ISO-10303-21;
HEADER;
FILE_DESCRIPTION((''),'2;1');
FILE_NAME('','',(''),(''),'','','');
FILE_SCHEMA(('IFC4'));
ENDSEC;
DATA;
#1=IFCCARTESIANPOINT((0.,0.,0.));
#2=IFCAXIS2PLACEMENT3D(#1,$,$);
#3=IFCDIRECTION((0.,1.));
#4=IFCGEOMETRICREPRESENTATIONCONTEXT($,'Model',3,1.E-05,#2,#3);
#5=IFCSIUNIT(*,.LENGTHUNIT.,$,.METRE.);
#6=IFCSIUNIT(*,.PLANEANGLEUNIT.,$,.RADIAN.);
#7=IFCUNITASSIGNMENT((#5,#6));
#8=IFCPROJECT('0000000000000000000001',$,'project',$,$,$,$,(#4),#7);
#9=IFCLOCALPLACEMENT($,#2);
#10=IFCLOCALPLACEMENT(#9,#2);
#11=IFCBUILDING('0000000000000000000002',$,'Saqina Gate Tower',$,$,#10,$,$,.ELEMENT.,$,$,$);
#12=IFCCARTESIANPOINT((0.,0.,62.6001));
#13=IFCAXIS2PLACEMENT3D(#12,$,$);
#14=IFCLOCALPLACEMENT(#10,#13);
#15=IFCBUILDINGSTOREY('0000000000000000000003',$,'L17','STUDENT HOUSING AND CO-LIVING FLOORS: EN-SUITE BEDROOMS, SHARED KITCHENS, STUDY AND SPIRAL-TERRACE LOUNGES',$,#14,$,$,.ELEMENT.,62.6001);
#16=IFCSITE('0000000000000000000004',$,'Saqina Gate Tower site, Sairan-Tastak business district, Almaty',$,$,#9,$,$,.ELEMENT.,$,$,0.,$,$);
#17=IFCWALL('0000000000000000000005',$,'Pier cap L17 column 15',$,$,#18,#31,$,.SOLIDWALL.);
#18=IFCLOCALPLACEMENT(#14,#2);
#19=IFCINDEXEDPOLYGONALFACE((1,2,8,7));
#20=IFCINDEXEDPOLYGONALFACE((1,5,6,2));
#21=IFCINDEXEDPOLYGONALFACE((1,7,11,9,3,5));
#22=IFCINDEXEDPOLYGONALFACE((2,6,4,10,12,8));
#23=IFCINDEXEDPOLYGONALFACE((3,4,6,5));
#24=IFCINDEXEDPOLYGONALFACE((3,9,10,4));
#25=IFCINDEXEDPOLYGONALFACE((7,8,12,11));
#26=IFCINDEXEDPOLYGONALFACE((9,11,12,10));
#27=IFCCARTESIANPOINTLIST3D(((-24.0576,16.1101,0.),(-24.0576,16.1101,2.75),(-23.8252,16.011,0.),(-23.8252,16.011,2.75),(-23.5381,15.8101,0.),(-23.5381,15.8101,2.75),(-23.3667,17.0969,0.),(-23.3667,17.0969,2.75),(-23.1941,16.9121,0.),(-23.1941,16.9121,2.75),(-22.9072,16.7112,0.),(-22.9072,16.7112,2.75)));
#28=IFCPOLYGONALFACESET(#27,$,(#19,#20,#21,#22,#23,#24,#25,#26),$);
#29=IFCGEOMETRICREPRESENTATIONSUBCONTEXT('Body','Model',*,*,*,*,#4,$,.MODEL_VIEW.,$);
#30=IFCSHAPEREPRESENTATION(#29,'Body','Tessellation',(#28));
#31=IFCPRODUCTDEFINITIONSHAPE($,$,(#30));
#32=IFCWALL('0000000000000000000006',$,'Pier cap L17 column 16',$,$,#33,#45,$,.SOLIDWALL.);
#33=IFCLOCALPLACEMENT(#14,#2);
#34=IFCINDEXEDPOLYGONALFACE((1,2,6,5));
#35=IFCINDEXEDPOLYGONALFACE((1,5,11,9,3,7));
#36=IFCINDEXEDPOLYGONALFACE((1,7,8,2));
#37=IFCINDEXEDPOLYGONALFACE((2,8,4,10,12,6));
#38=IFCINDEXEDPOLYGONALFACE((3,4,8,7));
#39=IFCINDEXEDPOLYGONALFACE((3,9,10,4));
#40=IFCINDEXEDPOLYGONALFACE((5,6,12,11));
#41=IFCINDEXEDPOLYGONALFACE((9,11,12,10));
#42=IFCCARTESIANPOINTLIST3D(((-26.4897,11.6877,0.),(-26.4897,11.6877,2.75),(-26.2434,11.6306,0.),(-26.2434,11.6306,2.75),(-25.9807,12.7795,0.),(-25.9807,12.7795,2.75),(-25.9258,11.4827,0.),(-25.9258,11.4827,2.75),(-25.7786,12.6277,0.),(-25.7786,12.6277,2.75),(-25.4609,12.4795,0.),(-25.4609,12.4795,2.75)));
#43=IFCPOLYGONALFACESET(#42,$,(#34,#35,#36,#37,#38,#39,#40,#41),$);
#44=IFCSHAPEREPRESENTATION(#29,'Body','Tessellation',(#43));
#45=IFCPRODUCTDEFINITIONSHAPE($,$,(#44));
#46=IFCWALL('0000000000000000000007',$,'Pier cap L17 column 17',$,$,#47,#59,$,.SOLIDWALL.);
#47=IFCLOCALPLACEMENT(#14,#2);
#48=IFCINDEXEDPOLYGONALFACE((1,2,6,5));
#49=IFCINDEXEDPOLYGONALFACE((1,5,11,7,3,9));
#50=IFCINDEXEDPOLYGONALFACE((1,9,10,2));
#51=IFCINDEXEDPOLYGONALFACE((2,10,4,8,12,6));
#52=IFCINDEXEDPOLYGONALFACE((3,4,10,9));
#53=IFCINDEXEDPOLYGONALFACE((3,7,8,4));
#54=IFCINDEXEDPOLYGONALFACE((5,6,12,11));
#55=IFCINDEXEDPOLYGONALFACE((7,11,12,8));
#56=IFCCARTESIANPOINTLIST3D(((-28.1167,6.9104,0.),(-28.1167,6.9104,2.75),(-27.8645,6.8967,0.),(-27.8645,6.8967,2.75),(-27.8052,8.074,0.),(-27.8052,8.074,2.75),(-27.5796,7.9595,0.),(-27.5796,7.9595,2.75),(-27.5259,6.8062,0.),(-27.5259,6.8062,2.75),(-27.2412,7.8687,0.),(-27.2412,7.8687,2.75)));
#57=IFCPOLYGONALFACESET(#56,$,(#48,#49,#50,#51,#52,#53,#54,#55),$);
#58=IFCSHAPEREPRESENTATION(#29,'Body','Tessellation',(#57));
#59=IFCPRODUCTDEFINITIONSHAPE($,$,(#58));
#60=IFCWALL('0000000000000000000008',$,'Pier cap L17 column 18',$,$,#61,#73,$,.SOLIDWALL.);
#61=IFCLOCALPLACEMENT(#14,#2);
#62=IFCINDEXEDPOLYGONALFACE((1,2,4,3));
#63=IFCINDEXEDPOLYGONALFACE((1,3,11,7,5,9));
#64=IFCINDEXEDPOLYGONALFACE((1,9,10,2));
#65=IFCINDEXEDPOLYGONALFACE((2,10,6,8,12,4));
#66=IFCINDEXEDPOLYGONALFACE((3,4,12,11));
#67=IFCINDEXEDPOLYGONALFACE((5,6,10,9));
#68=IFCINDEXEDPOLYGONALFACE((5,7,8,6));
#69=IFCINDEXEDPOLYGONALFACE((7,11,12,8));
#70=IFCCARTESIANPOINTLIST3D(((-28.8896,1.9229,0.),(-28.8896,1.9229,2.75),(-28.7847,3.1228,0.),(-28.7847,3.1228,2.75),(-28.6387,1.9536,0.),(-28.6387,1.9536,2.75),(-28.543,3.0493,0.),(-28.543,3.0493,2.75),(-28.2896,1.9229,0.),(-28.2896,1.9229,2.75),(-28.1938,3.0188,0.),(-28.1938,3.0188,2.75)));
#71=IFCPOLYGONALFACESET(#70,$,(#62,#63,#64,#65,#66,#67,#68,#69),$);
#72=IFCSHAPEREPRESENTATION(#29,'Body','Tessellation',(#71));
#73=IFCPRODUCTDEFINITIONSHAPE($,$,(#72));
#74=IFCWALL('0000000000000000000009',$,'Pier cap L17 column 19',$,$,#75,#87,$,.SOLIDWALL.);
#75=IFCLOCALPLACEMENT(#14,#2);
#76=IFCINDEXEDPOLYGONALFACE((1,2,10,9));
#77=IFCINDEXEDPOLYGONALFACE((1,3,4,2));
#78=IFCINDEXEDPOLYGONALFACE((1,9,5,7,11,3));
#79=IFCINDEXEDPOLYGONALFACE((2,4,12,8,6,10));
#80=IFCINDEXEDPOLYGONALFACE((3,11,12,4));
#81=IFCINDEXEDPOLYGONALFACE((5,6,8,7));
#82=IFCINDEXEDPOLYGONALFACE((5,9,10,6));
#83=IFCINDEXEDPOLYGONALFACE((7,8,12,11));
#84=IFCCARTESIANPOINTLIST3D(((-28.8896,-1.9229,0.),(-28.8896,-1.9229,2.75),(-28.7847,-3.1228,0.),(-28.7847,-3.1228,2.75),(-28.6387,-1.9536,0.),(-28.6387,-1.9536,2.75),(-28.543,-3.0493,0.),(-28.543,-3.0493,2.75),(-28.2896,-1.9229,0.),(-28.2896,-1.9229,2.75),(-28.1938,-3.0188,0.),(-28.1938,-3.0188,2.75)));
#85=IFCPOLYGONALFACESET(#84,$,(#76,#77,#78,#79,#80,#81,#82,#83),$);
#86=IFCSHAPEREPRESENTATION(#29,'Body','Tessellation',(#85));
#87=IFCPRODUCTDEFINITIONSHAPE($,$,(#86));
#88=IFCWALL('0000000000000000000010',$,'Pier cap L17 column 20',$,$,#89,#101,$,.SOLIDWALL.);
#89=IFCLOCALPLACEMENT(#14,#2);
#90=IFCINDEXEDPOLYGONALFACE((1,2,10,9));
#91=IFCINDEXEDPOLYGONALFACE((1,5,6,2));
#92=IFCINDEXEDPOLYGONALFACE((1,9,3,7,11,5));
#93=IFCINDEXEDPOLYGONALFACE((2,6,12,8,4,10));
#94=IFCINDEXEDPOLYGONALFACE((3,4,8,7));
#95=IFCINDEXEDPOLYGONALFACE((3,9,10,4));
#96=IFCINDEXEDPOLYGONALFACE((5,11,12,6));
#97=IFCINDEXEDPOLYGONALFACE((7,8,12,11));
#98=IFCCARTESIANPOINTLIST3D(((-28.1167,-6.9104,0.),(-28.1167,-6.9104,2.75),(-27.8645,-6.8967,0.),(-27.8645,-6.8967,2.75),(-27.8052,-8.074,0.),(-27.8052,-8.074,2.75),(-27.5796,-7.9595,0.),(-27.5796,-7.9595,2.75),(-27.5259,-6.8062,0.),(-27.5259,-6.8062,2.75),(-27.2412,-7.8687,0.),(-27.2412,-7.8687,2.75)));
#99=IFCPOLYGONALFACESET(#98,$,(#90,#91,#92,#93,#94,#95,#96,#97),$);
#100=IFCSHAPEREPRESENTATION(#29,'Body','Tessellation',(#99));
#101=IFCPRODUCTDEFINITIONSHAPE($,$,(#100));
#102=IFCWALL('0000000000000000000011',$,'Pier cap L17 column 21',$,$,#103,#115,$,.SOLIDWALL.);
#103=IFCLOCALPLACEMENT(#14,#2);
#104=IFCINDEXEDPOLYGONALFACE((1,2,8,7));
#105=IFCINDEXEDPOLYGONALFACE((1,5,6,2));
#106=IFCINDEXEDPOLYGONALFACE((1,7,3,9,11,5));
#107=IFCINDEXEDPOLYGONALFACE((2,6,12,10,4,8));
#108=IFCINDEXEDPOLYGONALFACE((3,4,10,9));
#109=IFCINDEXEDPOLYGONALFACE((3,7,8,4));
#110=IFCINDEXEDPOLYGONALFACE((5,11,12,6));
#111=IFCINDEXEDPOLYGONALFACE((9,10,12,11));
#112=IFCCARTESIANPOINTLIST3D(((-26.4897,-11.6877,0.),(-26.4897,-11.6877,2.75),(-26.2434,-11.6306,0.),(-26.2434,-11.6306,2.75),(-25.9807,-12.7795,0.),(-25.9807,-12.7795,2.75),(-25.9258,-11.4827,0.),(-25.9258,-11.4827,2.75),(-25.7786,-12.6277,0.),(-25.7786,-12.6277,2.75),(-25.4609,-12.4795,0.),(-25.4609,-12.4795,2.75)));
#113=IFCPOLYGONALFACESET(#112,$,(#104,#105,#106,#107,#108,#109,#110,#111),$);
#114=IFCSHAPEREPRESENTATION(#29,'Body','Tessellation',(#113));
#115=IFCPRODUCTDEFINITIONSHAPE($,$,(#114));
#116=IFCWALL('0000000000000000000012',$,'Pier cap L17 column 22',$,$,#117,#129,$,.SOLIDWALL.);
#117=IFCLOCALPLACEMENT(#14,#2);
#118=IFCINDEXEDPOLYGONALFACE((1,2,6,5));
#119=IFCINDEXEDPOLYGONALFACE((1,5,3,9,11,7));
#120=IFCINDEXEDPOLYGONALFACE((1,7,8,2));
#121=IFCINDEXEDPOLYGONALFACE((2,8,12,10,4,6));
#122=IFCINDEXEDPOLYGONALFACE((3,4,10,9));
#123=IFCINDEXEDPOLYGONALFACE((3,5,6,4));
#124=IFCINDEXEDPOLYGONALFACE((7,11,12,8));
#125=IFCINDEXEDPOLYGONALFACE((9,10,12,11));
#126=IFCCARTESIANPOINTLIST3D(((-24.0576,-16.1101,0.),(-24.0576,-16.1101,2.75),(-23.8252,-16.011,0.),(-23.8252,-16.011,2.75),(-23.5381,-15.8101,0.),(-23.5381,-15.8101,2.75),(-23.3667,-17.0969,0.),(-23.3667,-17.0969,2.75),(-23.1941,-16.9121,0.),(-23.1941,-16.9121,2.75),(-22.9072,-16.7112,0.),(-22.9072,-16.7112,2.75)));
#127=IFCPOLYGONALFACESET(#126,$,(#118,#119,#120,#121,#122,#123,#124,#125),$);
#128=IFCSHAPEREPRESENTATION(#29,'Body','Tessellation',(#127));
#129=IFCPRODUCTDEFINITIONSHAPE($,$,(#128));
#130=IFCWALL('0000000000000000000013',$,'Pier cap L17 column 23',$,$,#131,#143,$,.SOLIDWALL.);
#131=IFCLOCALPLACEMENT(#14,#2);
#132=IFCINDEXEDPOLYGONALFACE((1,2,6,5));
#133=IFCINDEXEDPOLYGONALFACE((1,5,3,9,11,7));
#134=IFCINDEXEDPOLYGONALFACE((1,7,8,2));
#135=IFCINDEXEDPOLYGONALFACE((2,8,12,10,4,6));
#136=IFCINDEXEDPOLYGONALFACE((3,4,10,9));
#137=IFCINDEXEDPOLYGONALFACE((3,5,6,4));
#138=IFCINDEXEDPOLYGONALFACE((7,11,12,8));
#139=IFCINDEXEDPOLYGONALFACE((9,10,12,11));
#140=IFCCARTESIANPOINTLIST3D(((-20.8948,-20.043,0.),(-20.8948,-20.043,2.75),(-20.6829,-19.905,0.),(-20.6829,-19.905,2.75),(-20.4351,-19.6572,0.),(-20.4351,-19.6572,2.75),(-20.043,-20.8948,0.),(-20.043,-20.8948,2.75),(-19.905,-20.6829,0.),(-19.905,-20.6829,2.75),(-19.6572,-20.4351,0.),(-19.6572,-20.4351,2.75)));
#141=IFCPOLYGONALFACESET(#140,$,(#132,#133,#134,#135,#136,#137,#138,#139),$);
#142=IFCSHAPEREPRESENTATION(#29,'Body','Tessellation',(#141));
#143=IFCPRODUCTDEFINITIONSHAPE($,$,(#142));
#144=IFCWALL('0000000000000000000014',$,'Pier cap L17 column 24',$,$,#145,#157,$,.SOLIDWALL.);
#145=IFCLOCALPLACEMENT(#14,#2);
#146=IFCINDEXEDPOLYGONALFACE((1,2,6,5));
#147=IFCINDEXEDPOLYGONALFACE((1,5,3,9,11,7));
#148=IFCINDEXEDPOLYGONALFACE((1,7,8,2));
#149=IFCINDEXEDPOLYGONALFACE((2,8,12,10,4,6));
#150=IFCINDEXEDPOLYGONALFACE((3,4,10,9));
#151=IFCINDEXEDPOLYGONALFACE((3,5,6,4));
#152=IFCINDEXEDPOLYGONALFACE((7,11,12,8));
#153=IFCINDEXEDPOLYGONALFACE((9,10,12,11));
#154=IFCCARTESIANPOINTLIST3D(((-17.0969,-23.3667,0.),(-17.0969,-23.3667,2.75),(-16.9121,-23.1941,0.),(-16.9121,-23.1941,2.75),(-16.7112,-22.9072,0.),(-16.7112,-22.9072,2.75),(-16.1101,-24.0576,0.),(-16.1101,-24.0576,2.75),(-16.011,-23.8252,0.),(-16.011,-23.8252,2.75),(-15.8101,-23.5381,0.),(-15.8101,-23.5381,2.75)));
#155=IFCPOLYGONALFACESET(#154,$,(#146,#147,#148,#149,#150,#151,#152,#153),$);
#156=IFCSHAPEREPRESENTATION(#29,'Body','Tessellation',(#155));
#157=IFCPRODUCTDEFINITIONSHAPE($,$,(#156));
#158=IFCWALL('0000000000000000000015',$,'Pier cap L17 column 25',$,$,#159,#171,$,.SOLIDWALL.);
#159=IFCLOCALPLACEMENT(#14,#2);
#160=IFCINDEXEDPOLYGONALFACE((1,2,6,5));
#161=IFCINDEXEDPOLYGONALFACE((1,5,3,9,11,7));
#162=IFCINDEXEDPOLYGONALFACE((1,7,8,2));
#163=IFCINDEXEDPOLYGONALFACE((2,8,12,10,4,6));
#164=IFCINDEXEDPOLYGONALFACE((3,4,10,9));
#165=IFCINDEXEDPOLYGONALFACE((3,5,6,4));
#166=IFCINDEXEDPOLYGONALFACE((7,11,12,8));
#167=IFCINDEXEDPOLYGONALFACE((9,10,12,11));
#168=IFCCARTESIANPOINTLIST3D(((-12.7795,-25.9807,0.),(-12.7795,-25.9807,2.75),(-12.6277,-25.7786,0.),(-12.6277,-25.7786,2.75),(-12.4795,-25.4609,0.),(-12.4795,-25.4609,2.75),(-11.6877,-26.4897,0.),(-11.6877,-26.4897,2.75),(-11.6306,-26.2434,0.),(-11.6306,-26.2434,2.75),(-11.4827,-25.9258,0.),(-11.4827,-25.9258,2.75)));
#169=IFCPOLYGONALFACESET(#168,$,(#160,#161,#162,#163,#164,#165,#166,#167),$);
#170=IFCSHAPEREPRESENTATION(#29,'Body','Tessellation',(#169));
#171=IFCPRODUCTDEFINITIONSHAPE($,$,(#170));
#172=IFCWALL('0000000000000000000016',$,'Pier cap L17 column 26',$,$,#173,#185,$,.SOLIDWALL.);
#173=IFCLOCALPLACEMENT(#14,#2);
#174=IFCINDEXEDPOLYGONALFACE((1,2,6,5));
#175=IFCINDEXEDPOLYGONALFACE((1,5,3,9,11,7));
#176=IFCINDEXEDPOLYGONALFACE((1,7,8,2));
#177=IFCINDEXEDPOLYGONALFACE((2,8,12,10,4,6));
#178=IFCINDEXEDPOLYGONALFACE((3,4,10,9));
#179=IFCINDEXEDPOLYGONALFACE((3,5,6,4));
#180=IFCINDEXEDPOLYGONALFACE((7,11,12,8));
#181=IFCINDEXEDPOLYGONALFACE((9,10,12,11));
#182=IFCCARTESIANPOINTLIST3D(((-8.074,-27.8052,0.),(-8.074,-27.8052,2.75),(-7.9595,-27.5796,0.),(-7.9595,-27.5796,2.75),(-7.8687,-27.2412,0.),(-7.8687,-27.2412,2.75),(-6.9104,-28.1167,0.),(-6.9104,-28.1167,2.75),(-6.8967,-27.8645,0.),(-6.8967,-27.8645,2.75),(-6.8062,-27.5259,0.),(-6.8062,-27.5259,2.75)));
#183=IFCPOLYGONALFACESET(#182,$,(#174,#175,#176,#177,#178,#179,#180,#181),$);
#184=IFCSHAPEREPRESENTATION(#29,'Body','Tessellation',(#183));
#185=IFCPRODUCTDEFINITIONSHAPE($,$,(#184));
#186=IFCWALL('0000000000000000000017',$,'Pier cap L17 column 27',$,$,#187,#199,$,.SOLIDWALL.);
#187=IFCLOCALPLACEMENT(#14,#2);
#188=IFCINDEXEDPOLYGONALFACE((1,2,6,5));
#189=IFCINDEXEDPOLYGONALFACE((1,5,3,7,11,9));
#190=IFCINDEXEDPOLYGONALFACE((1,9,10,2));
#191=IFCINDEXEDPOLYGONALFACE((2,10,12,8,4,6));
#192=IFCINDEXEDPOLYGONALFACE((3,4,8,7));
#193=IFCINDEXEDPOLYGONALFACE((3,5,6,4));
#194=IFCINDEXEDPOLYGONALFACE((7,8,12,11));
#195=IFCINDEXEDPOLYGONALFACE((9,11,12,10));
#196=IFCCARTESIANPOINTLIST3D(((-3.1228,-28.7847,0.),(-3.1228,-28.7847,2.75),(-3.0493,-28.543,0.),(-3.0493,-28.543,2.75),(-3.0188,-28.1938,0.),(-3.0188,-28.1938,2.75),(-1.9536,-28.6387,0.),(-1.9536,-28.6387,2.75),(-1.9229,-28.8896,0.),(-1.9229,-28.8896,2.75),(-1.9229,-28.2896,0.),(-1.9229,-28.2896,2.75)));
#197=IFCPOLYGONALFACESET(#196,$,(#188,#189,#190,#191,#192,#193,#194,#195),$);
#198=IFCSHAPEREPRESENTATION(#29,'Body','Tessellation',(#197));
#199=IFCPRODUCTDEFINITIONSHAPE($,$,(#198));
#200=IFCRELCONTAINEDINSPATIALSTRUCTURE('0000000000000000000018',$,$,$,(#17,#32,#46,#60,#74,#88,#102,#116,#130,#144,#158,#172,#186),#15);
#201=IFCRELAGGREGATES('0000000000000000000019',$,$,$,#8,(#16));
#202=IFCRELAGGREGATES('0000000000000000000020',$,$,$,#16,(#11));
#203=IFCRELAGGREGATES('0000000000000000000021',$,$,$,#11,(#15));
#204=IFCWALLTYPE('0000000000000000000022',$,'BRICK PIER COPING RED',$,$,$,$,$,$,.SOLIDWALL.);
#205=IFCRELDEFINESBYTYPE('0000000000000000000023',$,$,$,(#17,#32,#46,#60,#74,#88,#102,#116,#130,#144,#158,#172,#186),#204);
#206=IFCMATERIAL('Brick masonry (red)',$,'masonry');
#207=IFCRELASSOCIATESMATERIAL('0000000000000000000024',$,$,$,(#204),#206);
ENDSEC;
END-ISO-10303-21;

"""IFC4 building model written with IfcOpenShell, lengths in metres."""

from ifc_helpers import new_model, si_unit, direction, frame, origin, place, context, subcontext, project, spatial, polyline, outline, extrude, material, type_object, element, save


model = new_model("IFC4")

# Units and contexts
model_context = context("Model", 3, precision=1e-05, world=origin(), true_north=direction((0.0, 1.0)))
body_context = subcontext(model_context, "Body", "Model", "MODEL_VIEW")
ifc_project = project(units=[si_unit("LENGTHUNIT", "METRE"), si_unit("PLANEANGLEUNIT", "RADIAN")], contexts=[model_context])

# Site, building, storey
site_placement = place(None, origin())
site = spatial("IfcSite", under=ifc_project, at=site_placement, Name="Saqina Gate Tower site, Sairan-Tastak business district, Almaty", CompositionType="ELEMENT", RefElevation=0.0)
building_placement = place(site_placement, origin())
building = spatial("IfcBuilding", under=site, at=building_placement, Name="Saqina Gate Tower", CompositionType="ELEMENT")
storey_placement = place(building_placement, frame((0.0, 0.0, 62.6001)))
storey = spatial("IfcBuildingStorey", under=building, at=storey_placement, Name="L17", Description="STUDENT HOUSING AND CO-LIVING FLOORS: EN-SUITE BEDROOMS, SHARED KITCHENS, STUDY AND SPIRAL-TERRACE LOUNGES", CompositionType="ELEMENT", Elevation=62.6001)

# Walls
ifc_material = material(Name="Brick masonry (red)", Category="masonry")
wall_type = type_object("IfcWallType", Name="BRICK PIER COPING RED", PredefinedType="SOLIDWALL", material=ifc_material)
wall_1_placement = place(storey_placement, origin())
element("IfcWall", 1, at=wall_1_placement, inside=storey, type_object=wall_type, Name="Pier cap L17 column 15", PredefinedType="SOLIDWALL", context=body_context, shape_type="SweptSolid", body=[
    extrude(outline(polyline([(-23.3667, 17.0969), (-24.0576, 16.1101), (-23.5381, 15.8101), (-23.8252, 16.011), (-23.1941, 16.9121), (-22.9072, 16.7112), (-23.3667, 17.0969)])), origin(), (0.0, 0.0, 1.0), 2.75),
])
wall_2_placement = place(storey_placement, origin())
element("IfcWall", 2, at=wall_2_placement, inside=storey, type_object=wall_type, Name="Pier cap L17 column 16", PredefinedType="SOLIDWALL", context=body_context, shape_type="SweptSolid", body=[
    extrude(outline(polyline([(-26.4897, 11.6877), (-25.9258, 11.4827), (-26.2434, 11.6306), (-25.7786, 12.6277), (-25.4609, 12.4795), (-25.9807, 12.7795), (-26.4897, 11.6877)])), origin(), (0.0, 0.0, 1.0), 2.75),
])
wall_3_placement = place(storey_placement, origin())
element("IfcWall", 3, at=wall_3_placement, inside=storey, type_object=wall_type, Name="Pier cap L17 column 17", PredefinedType="SOLIDWALL", context=body_context, shape_type="SweptSolid", body=[
    extrude(outline(polyline([(-28.1167, 6.9104), (-27.5259, 6.8062), (-27.8645, 6.8967), (-27.5796, 7.9595), (-27.2412, 7.8687), (-27.8052, 8.074), (-28.1167, 6.9104)])), origin(), (0.0, 0.0, 1.0), 2.75),
])
wall_4_placement = place(storey_placement, origin())
element("IfcWall", 4, at=wall_4_placement, inside=storey, type_object=wall_type, Name="Pier cap L17 column 18", PredefinedType="SOLIDWALL", context=body_context, shape_type="SweptSolid", body=[
    extrude(outline(polyline([(-28.7847, 3.1228), (-28.8896, 1.9229), (-28.2896, 1.9229), (-28.6387, 1.9536), (-28.543, 3.0493), (-28.1938, 3.0188), (-28.7847, 3.1228)])), origin(), (0.0, 0.0, 1.0), 2.75),
])
wall_5_placement = place(storey_placement, origin())
element("IfcWall", 5, at=wall_5_placement, inside=storey, type_object=wall_type, Name="Pier cap L17 column 19", PredefinedType="SOLIDWALL", context=body_context, shape_type="SweptSolid", body=[
    extrude(outline(polyline([(-28.8896, -1.9229), (-28.7847, -3.1228), (-28.1938, -3.0188), (-28.543, -3.0493), (-28.6387, -1.9536), (-28.2896, -1.9229), (-28.8896, -1.9229)])), origin(), (0.0, 0.0, 1.0), 2.75),
])
wall_6_placement = place(storey_placement, origin())
element("IfcWall", 6, at=wall_6_placement, inside=storey, type_object=wall_type, Name="Pier cap L17 column 20", PredefinedType="SOLIDWALL", context=body_context, shape_type="SweptSolid", body=[
    extrude(outline(polyline([(-28.1167, -6.9104), (-27.8052, -8.074), (-27.2412, -7.8687), (-27.5796, -7.9595), (-27.8645, -6.8967), (-27.5259, -6.8062), (-28.1167, -6.9104)])), origin(), (0.0, 0.0, 1.0), 2.75),
])
wall_7_placement = place(storey_placement, origin())
element("IfcWall", 7, at=wall_7_placement, inside=storey, type_object=wall_type, Name="Pier cap L17 column 21", PredefinedType="SOLIDWALL", context=body_context, shape_type="SweptSolid", body=[
    extrude(outline(polyline([(-25.9807, -12.7795), (-25.4609, -12.4795), (-25.7786, -12.6277), (-26.2434, -11.6306), (-25.9258, -11.4827), (-26.4897, -11.6877), (-25.9807, -12.7795)])), origin(), (0.0, 0.0, 1.0), 2.75),
])
wall_8_placement = place(storey_placement, origin())
element("IfcWall", 8, at=wall_8_placement, inside=storey, type_object=wall_type, Name="Pier cap L17 column 22", PredefinedType="SOLIDWALL", context=body_context, shape_type="SweptSolid", body=[
    extrude(outline(polyline([(-24.0576, -16.1101), (-23.3667, -17.0969), (-22.9072, -16.7112), (-23.1941, -16.9121), (-23.8252, -16.011), (-23.5381, -15.8101), (-24.0576, -16.1101)])), origin(), (0.0, 0.0, 1.0), 2.75),
])
wall_9_placement = place(storey_placement, origin())
element("IfcWall", 9, at=wall_9_placement, inside=storey, type_object=wall_type, Name="Pier cap L17 column 23", PredefinedType="SOLIDWALL", context=body_context, shape_type="SweptSolid", body=[
    extrude(outline(polyline([(-20.043, -20.8948), (-19.6572, -20.4351), (-19.905, -20.6829), (-20.6829, -19.905), (-20.4351, -19.6572), (-20.8948, -20.043), (-20.043, -20.8948)])), origin(), (0.0, 0.0, 1.0), 2.75),
])
wall_10_placement = place(storey_placement, origin())
element("IfcWall", 10, at=wall_10_placement, inside=storey, type_object=wall_type, Name="Pier cap L17 column 24", PredefinedType="SOLIDWALL", context=body_context, shape_type="SweptSolid", body=[
    extrude(outline(polyline([(-17.0969, -23.3667), (-16.1101, -24.0576), (-15.8101, -23.5381), (-16.011, -23.8252), (-16.9121, -23.1941), (-16.7112, -22.9072), (-17.0969, -23.3667)])), origin(), (0.0, 0.0, 1.0), 2.75),
])
wall_11_placement = place(storey_placement, origin())
element("IfcWall", 11, at=wall_11_placement, inside=storey, type_object=wall_type, Name="Pier cap L17 column 25", PredefinedType="SOLIDWALL", context=body_context, shape_type="SweptSolid", body=[
    extrude(outline(polyline([(-11.6877, -26.4897), (-11.4827, -25.9258), (-11.6306, -26.2434), (-12.6277, -25.7786), (-12.4795, -25.4609), (-12.7795, -25.9807), (-11.6877, -26.4897)])), origin(), (0.0, 0.0, 1.0), 2.75),
])
wall_12_placement = place(storey_placement, origin())
element("IfcWall", 12, at=wall_12_placement, inside=storey, type_object=wall_type, Name="Pier cap L17 column 26", PredefinedType="SOLIDWALL", context=body_context, shape_type="SweptSolid", body=[
    extrude(outline(polyline([(-6.9104, -28.1167), (-6.8062, -27.5259), (-6.8967, -27.8645), (-7.9595, -27.5796), (-7.8687, -27.2412), (-8.074, -27.8052), (-6.9104, -28.1167)])), origin(), (0.0, 0.0, 1.0), 2.75),
])
wall_13_placement = place(storey_placement, origin())
element("IfcWall", 13, at=wall_13_placement, inside=storey, type_object=wall_type, Name="Pier cap L17 column 27", PredefinedType="SOLIDWALL", context=body_context, shape_type="SweptSolid", body=[
    extrude(outline(polyline([(-3.1228, -28.7847), (-1.9229, -28.8896), (-1.9229, -28.2896), (-1.9536, -28.6387), (-3.0493, -28.543), (-3.0188, -28.1938), (-3.1228, -28.7847)])), origin(), (0.0, 0.0, 1.0), 2.75),
])

save(model, "model.ifc")
